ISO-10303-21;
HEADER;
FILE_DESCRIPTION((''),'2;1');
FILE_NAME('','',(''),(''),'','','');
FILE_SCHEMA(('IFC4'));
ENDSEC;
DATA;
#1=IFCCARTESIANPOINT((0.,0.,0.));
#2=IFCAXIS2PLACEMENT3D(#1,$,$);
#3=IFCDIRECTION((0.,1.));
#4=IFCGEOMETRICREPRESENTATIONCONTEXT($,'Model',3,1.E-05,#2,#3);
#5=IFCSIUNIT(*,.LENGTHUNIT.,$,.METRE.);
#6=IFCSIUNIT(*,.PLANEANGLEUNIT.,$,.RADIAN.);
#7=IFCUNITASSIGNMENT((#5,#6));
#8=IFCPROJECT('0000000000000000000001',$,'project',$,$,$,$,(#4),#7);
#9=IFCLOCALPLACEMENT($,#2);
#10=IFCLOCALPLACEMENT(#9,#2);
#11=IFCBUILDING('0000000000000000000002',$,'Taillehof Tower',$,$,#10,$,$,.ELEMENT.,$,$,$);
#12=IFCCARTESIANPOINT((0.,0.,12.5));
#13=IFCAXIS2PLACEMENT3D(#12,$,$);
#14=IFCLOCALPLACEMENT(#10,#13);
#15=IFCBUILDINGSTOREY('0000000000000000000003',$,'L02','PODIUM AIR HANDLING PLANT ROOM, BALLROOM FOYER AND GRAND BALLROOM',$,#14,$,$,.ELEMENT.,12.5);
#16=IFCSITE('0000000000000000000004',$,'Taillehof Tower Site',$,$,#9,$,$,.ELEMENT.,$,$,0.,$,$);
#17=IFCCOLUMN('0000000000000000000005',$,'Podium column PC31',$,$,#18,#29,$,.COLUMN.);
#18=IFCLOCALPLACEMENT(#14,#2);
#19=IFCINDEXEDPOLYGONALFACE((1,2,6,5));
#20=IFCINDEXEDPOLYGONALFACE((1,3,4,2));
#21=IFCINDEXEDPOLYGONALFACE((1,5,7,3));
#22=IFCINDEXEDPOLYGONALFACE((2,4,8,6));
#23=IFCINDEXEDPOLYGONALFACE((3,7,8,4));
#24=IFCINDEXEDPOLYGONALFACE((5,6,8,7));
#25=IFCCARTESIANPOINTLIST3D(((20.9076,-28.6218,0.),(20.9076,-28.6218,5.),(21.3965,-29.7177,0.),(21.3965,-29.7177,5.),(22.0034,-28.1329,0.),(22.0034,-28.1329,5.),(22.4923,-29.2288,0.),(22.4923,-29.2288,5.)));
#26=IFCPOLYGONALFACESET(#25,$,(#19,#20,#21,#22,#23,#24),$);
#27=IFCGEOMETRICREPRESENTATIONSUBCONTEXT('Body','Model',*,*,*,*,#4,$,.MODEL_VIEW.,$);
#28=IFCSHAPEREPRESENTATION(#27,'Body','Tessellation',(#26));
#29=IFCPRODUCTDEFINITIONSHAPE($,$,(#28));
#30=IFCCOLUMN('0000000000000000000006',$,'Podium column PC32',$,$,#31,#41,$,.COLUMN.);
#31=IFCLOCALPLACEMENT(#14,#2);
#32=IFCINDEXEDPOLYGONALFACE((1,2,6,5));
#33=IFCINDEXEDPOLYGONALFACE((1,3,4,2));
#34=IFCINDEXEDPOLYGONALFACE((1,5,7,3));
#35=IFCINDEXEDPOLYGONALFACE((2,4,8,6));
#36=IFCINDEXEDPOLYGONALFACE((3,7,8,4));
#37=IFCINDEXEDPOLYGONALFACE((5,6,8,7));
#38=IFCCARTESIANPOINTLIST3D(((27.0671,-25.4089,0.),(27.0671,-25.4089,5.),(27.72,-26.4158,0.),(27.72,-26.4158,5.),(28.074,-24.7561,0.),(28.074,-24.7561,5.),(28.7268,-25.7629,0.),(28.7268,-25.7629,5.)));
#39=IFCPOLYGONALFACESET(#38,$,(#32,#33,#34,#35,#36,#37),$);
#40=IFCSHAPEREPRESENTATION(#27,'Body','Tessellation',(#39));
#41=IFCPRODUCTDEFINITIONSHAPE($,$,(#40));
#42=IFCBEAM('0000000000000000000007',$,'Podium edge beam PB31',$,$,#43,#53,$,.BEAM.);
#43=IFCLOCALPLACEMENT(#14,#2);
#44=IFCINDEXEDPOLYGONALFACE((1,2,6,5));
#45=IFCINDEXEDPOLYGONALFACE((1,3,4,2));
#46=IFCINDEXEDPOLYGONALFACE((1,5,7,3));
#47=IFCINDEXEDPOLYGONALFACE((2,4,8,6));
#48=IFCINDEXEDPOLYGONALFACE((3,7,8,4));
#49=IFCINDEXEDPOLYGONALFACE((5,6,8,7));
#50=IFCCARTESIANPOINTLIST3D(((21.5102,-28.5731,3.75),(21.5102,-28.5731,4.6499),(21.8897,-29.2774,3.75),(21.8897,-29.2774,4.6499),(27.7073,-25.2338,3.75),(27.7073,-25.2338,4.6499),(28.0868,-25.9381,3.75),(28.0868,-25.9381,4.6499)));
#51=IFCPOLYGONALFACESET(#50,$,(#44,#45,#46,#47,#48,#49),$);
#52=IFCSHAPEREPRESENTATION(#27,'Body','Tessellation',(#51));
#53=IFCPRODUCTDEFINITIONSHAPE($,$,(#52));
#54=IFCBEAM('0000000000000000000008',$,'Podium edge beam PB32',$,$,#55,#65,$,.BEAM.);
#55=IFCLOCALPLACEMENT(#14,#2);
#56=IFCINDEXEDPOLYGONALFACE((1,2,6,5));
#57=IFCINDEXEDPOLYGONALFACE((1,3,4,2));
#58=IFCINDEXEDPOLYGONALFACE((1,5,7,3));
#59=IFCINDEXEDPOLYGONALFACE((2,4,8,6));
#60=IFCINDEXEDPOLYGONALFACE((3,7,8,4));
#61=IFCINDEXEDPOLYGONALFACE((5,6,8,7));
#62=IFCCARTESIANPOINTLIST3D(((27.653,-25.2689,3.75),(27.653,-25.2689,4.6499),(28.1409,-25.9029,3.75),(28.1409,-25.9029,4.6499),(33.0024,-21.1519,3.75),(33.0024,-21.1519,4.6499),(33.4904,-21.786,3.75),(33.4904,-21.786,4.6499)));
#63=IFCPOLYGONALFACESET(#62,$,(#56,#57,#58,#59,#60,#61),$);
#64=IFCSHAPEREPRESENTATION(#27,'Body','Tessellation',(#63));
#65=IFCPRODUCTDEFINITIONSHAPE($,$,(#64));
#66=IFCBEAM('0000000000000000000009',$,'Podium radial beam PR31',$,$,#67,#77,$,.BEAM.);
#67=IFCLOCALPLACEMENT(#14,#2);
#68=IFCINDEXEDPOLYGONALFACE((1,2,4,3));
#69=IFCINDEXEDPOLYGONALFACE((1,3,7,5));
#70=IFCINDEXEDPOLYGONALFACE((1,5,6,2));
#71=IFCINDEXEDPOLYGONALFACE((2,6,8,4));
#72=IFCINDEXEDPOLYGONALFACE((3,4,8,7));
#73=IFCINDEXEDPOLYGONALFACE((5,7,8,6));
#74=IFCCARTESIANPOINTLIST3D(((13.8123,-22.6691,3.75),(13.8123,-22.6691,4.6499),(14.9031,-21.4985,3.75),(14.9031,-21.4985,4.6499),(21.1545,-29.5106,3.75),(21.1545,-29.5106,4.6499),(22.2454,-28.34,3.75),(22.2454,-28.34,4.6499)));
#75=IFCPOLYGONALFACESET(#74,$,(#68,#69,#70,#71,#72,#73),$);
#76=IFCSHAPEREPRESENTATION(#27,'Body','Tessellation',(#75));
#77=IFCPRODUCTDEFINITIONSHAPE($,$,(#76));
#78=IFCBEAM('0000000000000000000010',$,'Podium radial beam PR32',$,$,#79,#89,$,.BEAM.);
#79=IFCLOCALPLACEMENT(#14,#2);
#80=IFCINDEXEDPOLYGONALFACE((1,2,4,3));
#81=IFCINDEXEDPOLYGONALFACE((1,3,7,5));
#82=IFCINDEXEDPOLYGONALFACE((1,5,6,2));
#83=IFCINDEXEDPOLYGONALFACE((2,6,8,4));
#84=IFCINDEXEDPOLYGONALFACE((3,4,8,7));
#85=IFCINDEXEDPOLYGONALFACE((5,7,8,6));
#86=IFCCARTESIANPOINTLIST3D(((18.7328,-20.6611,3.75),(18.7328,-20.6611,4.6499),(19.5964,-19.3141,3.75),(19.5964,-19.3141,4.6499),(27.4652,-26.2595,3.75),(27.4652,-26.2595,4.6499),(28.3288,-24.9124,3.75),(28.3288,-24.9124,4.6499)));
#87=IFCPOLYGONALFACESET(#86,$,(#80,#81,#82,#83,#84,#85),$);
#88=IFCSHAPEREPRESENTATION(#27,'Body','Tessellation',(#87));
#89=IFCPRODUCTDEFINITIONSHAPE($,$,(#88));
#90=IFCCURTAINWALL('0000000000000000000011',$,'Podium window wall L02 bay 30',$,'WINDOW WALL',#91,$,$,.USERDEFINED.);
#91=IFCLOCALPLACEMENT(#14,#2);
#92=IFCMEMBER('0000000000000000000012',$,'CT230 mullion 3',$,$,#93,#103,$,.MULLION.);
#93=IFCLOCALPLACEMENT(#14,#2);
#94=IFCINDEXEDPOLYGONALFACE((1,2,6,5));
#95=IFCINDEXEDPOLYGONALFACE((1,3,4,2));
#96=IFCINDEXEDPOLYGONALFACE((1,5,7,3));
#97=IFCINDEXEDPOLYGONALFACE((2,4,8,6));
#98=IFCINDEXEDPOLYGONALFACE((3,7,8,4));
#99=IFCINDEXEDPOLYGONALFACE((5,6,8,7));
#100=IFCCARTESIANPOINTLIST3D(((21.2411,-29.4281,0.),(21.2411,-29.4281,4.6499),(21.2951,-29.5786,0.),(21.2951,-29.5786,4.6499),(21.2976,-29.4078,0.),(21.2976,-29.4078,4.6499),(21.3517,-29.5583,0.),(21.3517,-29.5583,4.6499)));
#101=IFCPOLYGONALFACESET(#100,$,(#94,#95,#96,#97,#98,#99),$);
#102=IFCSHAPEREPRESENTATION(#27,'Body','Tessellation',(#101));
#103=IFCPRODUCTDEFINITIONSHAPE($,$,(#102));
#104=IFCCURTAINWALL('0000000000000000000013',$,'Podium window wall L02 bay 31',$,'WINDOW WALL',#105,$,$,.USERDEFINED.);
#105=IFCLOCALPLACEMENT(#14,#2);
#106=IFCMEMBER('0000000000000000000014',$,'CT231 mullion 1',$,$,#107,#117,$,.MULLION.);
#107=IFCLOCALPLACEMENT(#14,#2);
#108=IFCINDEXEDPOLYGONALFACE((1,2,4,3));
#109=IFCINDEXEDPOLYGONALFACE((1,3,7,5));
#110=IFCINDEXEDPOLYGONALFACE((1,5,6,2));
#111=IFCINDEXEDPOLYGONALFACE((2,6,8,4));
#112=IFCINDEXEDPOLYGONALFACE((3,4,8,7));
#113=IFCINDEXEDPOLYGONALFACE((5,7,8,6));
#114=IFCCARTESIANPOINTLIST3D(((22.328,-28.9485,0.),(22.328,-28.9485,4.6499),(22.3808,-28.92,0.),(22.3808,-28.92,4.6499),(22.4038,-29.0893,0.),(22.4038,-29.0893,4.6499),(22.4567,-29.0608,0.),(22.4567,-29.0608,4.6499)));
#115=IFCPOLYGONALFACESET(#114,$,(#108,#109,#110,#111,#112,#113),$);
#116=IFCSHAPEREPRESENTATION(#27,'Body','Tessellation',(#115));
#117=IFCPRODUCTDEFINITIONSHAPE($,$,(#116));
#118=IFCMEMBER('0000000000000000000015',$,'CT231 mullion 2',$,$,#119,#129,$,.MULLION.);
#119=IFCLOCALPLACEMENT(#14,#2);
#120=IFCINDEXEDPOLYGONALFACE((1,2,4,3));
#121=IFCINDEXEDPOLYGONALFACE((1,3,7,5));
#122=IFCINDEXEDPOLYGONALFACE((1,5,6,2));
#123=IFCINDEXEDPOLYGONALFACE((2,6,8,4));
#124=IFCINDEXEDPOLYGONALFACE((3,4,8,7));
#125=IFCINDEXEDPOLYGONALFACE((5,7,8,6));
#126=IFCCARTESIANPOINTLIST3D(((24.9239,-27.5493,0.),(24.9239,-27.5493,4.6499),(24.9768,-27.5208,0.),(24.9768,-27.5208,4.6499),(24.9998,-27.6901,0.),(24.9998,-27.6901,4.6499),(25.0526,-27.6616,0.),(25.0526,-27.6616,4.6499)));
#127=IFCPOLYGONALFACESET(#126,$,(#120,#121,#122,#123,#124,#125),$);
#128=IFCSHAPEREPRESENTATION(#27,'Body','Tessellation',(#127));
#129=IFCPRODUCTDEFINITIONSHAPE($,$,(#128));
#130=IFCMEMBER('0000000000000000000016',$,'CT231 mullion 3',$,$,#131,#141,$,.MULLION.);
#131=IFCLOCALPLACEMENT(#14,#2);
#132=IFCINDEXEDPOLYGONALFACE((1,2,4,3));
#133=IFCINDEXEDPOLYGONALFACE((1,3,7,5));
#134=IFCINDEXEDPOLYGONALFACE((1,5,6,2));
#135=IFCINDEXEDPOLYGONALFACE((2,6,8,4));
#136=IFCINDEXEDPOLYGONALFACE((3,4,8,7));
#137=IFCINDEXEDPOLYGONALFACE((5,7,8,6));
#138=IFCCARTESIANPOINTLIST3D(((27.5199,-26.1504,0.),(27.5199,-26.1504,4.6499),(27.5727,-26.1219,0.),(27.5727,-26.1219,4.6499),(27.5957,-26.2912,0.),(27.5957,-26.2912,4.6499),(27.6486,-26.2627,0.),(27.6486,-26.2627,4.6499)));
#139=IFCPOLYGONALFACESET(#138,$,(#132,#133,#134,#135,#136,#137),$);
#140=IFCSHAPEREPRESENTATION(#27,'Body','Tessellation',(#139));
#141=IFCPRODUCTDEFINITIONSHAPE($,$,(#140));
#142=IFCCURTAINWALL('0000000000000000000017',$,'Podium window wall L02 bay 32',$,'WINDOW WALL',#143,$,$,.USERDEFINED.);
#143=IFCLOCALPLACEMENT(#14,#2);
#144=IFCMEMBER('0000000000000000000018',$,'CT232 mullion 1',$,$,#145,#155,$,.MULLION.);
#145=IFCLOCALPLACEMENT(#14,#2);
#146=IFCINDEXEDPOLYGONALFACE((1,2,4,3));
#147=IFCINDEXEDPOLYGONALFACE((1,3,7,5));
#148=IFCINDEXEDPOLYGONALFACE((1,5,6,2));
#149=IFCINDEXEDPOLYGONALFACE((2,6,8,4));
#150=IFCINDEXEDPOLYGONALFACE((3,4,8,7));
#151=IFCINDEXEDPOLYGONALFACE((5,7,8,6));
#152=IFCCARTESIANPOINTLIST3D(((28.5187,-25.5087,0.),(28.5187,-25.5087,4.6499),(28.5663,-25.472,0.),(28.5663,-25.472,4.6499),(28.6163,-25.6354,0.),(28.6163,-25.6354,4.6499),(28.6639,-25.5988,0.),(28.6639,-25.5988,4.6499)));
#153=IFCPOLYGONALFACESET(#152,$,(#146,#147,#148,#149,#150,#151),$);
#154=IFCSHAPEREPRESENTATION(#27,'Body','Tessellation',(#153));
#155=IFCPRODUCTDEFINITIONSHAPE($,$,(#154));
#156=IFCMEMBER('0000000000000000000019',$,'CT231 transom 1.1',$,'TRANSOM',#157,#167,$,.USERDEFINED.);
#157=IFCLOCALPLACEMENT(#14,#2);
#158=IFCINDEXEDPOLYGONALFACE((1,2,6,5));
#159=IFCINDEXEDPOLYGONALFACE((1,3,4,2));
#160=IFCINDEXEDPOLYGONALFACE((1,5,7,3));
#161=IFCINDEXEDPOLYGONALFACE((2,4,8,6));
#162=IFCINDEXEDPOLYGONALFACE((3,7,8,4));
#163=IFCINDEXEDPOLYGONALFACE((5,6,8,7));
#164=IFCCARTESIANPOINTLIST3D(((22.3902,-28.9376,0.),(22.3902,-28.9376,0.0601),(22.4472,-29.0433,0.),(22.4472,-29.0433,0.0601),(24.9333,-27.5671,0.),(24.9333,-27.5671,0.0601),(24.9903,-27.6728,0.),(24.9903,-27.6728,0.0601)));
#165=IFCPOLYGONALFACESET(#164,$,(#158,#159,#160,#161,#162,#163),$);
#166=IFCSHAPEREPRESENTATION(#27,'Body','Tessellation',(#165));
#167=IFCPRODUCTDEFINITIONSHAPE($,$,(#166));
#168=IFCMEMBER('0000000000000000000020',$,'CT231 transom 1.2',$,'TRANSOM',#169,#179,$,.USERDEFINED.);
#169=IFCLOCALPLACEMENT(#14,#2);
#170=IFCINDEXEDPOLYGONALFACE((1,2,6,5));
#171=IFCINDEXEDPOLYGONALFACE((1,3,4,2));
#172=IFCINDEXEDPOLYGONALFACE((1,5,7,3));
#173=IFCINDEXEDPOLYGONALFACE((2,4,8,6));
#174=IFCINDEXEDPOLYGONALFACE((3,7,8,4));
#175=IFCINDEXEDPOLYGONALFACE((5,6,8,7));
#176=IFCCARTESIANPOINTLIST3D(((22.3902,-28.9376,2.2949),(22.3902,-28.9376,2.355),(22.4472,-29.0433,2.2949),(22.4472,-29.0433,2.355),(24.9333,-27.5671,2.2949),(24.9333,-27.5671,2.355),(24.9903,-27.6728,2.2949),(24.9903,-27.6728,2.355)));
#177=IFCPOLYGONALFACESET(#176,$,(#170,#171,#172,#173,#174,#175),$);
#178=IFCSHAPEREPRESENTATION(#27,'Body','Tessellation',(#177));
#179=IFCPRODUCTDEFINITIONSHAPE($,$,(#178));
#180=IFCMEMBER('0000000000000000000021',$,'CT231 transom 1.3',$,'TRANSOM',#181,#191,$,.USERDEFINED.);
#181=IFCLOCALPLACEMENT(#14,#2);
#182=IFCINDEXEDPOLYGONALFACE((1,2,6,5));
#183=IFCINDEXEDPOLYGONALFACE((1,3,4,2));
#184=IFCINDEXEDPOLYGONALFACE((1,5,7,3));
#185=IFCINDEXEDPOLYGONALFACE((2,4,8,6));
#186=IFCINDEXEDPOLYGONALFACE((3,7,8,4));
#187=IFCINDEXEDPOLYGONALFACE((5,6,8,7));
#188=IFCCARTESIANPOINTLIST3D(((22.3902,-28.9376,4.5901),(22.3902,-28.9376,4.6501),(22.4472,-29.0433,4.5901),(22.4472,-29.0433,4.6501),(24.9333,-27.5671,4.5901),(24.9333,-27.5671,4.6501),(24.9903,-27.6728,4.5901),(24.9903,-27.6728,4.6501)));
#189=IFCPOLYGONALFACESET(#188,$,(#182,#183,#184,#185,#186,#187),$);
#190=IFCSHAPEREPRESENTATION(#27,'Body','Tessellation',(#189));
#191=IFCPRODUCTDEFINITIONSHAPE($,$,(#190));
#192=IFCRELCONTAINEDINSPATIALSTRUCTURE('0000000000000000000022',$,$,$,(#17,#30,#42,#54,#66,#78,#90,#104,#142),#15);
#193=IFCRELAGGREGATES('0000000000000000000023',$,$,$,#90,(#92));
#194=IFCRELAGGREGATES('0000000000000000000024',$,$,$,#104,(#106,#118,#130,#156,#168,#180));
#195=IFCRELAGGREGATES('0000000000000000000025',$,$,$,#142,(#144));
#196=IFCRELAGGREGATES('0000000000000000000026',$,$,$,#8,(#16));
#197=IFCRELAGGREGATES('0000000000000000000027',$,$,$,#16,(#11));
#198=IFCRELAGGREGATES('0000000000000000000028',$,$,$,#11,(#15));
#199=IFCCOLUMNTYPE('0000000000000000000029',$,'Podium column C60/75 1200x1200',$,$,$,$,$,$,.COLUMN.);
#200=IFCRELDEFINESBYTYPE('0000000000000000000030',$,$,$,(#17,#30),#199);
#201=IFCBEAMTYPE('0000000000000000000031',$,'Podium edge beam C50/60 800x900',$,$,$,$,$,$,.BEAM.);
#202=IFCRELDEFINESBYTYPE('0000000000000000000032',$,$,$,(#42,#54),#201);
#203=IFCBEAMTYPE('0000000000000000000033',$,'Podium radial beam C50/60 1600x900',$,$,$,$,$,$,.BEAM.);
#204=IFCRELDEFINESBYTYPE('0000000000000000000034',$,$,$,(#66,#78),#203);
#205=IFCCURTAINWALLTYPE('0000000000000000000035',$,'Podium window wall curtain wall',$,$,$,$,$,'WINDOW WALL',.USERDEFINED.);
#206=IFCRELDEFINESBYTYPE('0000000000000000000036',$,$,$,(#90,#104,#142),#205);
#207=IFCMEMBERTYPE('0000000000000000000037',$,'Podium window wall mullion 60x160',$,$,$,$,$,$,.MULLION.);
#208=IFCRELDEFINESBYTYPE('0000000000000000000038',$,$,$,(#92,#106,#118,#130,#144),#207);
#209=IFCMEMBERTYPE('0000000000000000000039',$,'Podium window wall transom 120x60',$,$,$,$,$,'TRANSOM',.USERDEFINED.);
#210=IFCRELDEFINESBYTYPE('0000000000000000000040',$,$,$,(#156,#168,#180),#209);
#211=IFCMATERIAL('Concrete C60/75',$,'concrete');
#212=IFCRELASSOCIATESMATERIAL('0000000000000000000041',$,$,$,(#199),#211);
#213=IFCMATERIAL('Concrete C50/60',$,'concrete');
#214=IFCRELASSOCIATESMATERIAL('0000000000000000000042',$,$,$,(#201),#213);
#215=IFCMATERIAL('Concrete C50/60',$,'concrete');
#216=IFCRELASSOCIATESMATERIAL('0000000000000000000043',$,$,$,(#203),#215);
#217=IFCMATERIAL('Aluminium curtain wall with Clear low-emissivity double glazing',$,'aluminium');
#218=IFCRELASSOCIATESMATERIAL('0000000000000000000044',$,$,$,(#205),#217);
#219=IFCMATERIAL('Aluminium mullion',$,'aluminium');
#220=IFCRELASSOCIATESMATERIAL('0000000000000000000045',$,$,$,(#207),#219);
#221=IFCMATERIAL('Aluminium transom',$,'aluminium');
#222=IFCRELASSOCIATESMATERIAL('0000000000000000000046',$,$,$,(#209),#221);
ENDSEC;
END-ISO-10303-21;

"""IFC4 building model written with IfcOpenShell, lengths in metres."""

from ifc_helpers import new_model, si_unit, direction, frame, origin, origin_2d, place, context, subcontext, project, spatial, rectangle, extrude, material, material_profile, profile_set, type_object, element, aggregate, save


model = new_model("IFC4")

# Units and contexts
model_context = context("Model", 3, precision=1e-05, world=origin(), true_north=direction((0.0, 1.0)))
body_context = subcontext(model_context, "Body", "Model", "MODEL_VIEW")
ifc_project = project(units=[si_unit("LENGTHUNIT", "METRE"), si_unit("PLANEANGLEUNIT", "RADIAN")], contexts=[model_context])

# Site, building, storey
site_placement = place(None, origin())
site = spatial("IfcSite", under=ifc_project, at=site_placement, Name="Taillehof Tower Site", CompositionType="ELEMENT", RefElevation=0.0)
building_placement = place(site_placement, origin())
building = spatial("IfcBuilding", under=site, at=building_placement, Name="Taillehof Tower", CompositionType="ELEMENT")
storey_placement = place(building_placement, frame((0.0, 0.0, 12.5)))
storey = spatial("IfcBuildingStorey", under=building, at=storey_placement, Name="L02", Description="PODIUM AIR HANDLING PLANT ROOM, BALLROOM FOYER AND GRAND BALLROOM", CompositionType="ELEMENT", Elevation=12.5)

# Columns
ifc_material_1 = material(Name="Concrete C60/75", Category="concrete")
ifc_material_profile_1 = material_profile(ifc_material_1, rectangle(XDim=1.2, YDim=1.2, at=origin_2d()), Name="RC 1200x1200")
ifc_profile_set_1 = profile_set([ifc_material_profile_1], Name="Concrete C60/75")
column_type = type_object("IfcColumnType", Name="Podium column C60/75 1200x1200", PredefinedType="COLUMN", material=ifc_profile_set_1)
for number, where, z_axis, x_axis, name in (
    (1, (21.7, -28.9253, 0.0), (0.0, 0.0, 1.0), (0.407427, -0.913238, 0.0), "Podium column PC31"),
    (2, (27.897, -25.5859, 0.0), (0.0, 0.0, 1.0), (0.544041, -0.839058, 0.0), "Podium column PC32"),
):
    element("IfcColumn", number, at=place(storey_placement, frame(where, z_axis=z_axis, x_axis=x_axis)), inside=storey, type_object=column_type, Name=name, PredefinedType="COLUMN", context=body_context, shape_type="SweptSolid", body=[
        extrude(rectangle(XDim=1.2, YDim=1.2, at=origin_2d()), origin(), (0.0, 0.0, 1.0), 5.0),
    ])

# Beams
ifc_material_2 = material(Name="Concrete C50/60", Category="concrete")
ifc_material_profile_2 = material_profile(ifc_material_2, rectangle(XDim=0.8, YDim=0.8999, at=origin_2d()), Name="RC 800x900")
ifc_profile_set_2 = profile_set([ifc_material_profile_2], Name="Concrete C50/60")
beam_type_1 = type_object("IfcBeamType", Name="Podium edge beam C50/60 800x900", PredefinedType="BEAM", material=ifc_profile_set_2)
beam_1_placement = place(storey_placement, frame((21.7, -28.9253, 4.2), z_axis=(0.880323, 0.474375, 0.0), x_axis=(-0.474375, 0.880323, 0.0)))
element("IfcBeam", 3, at=beam_1_placement, inside=storey, type_object=beam_type_1, Name="Podium edge beam PB31", PredefinedType="BEAM", context=body_context, shape_type="SweptSolid", body=[
    extrude(rectangle(XDim=0.8, YDim=0.8999, at=origin_2d()), origin(), (0.0, 0.0, 1.0), 7.0396),
])
beam_2_placement = place(storey_placement, frame((27.897, -25.5859, 4.2), z_axis=(0.792477, 0.609901, 0.0), x_axis=(-0.609901, 0.792477, 0.0)))
element("IfcBeam", 4, at=beam_2_placement, inside=storey, type_object=beam_type_1, Name="Podium edge beam PB32", PredefinedType="BEAM", context=body_context, shape_type="SweptSolid", body=[
    extrude(rectangle(XDim=0.8, YDim=0.8999, at=origin_2d()), origin(), (0.0, 0.0, 1.0), 6.7502),
])
ifc_material_3 = material(Name="Concrete C50/60", Category="concrete")
ifc_material_profile_3 = material_profile(ifc_material_3, rectangle(XDim=1.6001, YDim=0.8999, at=origin_2d()), Name="RC 1600x900")
ifc_profile_set_3 = profile_set([ifc_material_profile_3], Name="Concrete C50/60")
beam_type_2 = type_object("IfcBeamType", Name="Podium radial beam C50/60 1600x900", PredefinedType="BEAM", material=ifc_profile_set_3)
beam_3_placement = place(storey_placement, frame((21.7, -28.9253, 4.2), z_axis=(-0.731614, 0.681719, 0.0), x_axis=(-0.681719, -0.731614, 0.0)))
element("IfcBeam", 5, at=beam_3_placement, inside=storey, type_object=beam_type_2, Name="Podium radial beam PR31", PredefinedType="BEAM", context=body_context, shape_type="SweptSolid", body=[
    extrude(rectangle(XDim=1.6001, YDim=0.8999, at=origin_2d()), origin(), (0.0, 0.0, 1.0), 10.0356),
])
beam_4_placement = place(storey_placement, frame((27.897, -25.5859, 4.2), z_axis=(-0.841849, 0.539713, 0.0), x_axis=(-0.539713, -0.841849, 0.0)))
element("IfcBeam", 6, at=beam_4_placement, inside=storey, type_object=beam_type_2, Name="Podium radial beam PR32", PredefinedType="BEAM", context=body_context, shape_type="SweptSolid", body=[
    extrude(rectangle(XDim=1.6001, YDim=0.8999, at=origin_2d()), origin(), (0.0, 0.0, 1.0), 10.3728),
])

# Curtain wall, member
ifc_material_4 = material(Name="Aluminium curtain wall with Clear low-emissivity double glazing", Category="aluminium")
curtain_wall_type = type_object("IfcCurtainWallType", Name="Podium window wall curtain wall", ElementType="WINDOW WALL", PredefinedType="USERDEFINED", material=ifc_material_4)
curtain_wall_1_placement = place(storey_placement, origin())
curtain_wall_1 = element("IfcCurtainWall", 7, at=curtain_wall_1_placement, inside=storey, type_object=curtain_wall_type, Name="Podium window wall L02 bay 30", ObjectType="WINDOW WALL", PredefinedType="USERDEFINED")
ifc_material_5 = material(Name="Aluminium mullion", Category="aluminium")
ifc_material_profile_4 = material_profile(ifc_material_5, rectangle(XDim=0.1599, YDim=0.0601, at=origin_2d()), Name="AL 60x160")
ifc_profile_set_4 = profile_set([ifc_material_profile_4], Name="Aluminium mullion")
member_type_1 = type_object("IfcMemberType", Name="Podium window wall mullion 60x160", PredefinedType="MULLION", material=ifc_profile_set_4)
member_1_placement = place(storey_placement, frame((21.2964, -29.4932, 0.0), z_axis=(0.0, 0.0, 1.0), x_axis=(-0.337799, 0.941218, 0.0)))
member_1 = element("IfcMember", 8, at=member_1_placement, type_object=member_type_1, Name="CT230 mullion 3", PredefinedType="MULLION", context=body_context, shape_type="SweptSolid", body=[
    extrude(rectangle(XDim=0.1599, YDim=0.0601, at=origin_2d()), origin(), (0.0, 0.0, 1.0), 4.6499),
])
aggregate(curtain_wall_1, [member_1])

# Curtain wall, members
curtain_wall_2_placement = place(storey_placement, origin())
curtain_wall_2 = element("IfcCurtainWall", 9, at=curtain_wall_2_placement, inside=storey, type_object=curtain_wall_type, Name="Podium window wall L02 bay 31", ObjectType="WINDOW WALL", PredefinedType="USERDEFINED")
member_2_placement = place(storey_placement, frame((22.3923, -29.0046, 0.0), z_axis=(0.0, 0.0, 1.0), x_axis=(-0.474415, 0.880301, 0.0)))
member_2 = element("IfcMember", 10, at=member_2_placement, type_object=member_type_1, Name="CT231 mullion 1", PredefinedType="MULLION", context=body_context, shape_type="SweptSolid", body=[
    extrude(rectangle(XDim=0.1599, YDim=0.0601, at=origin_2d()), origin(), (0.0, 0.0, 1.0), 4.6499),
])
member_3_placement = place(storey_placement, frame((24.9883, -27.6055, 0.0), z_axis=(0.0, 0.0, 1.0), x_axis=(-0.474415, 0.880301, 0.0)))
member_3 = element("IfcMember", 11, at=member_3_placement, type_object=member_type_1, Name="CT231 mullion 2", PredefinedType="MULLION", context=body_context, shape_type="SweptSolid", body=[
    extrude(rectangle(XDim=0.1599, YDim=0.0601, at=origin_2d()), origin(), (0.0, 0.0, 1.0), 4.6499),
])
member_4_placement = place(storey_placement, frame((27.5842, -26.2065, 0.0), z_axis=(0.0, 0.0, 1.0), x_axis=(-0.474415, 0.880301, 0.0)))
member_4 = element("IfcMember", 12, at=member_4_placement, type_object=member_type_1, Name="CT231 mullion 3", PredefinedType="MULLION", context=body_context, shape_type="SweptSolid", body=[
    extrude(rectangle(XDim=0.1599, YDim=0.0601, at=origin_2d()), origin(), (0.0, 0.0, 1.0), 4.6499),
])

# Curtain wall, member
curtain_wall_3_placement = place(storey_placement, origin())
curtain_wall_3 = element("IfcCurtainWall", 13, at=curtain_wall_3_placement, inside=storey, type_object=curtain_wall_type, Name="Podium window wall L02 bay 32", ObjectType="WINDOW WALL", PredefinedType="USERDEFINED")
member_5_placement = place(storey_placement, frame((28.5913, -25.5537, 0.0), z_axis=(0.0, 0.0, 1.0), x_axis=(-0.609932, 0.792454, 0.0)))
member_5 = element("IfcMember", 14, at=member_5_placement, type_object=member_type_1, Name="CT232 mullion 1", PredefinedType="MULLION", context=body_context, shape_type="SweptSolid", body=[
    extrude(rectangle(XDim=0.1599, YDim=0.0601, at=origin_2d()), origin(), (0.0, 0.0, 1.0), 4.6499),
])

# Members
ifc_material_6 = material(Name="Aluminium transom", Category="aluminium")
ifc_material_profile_5 = material_profile(ifc_material_6, rectangle(XDim=0.1201, YDim=0.0601, at=origin_2d()), Name="AL 120x60")
ifc_profile_set_5 = profile_set([ifc_material_profile_5], Name="Aluminium transom")
member_type_2 = type_object("IfcMemberType", Name="Podium window wall transom 120x60", ElementType="TRANSOM", PredefinedType="USERDEFINED", material=ifc_profile_set_5)
member_6_placement = place(storey_placement, frame((22.4187, -28.9905, 0.03), z_axis=(0.8803, 0.474417, 0.0), x_axis=(-0.474417, 0.8803, 0.0)))
member_6 = element("IfcMember", 15, at=member_6_placement, type_object=member_type_2, Name="CT231 transom 1.1", ObjectType="TRANSOM", PredefinedType="USERDEFINED", context=body_context, shape_type="SweptSolid", body=[
    extrude(rectangle(XDim=0.1201, YDim=0.0601, at=origin_2d()), origin(), (0.0, 0.0, 1.0), 2.8889),
])
member_7_placement = place(storey_placement, frame((22.4187, -28.9905, 2.325), z_axis=(0.8803, 0.474417, 0.0), x_axis=(-0.474417, 0.8803, 0.0)))
member_7 = element("IfcMember", 16, at=member_7_placement, type_object=member_type_2, Name="CT231 transom 1.2", ObjectType="TRANSOM", PredefinedType="USERDEFINED", context=body_context, shape_type="SweptSolid", body=[
    extrude(rectangle(XDim=0.1201, YDim=0.0601, at=origin_2d()), origin(), (0.0, 0.0, 1.0), 2.8889),
])
member_8_placement = place(storey_placement, frame((22.4187, -28.9905, 4.6201), z_axis=(0.8803, 0.474417, 0.0), x_axis=(-0.474417, 0.8803, 0.0)))
member_8 = element("IfcMember", 17, at=member_8_placement, type_object=member_type_2, Name="CT231 transom 1.3", ObjectType="TRANSOM", PredefinedType="USERDEFINED", context=body_context, shape_type="SweptSolid", body=[
    extrude(rectangle(XDim=0.1201, YDim=0.0601, at=origin_2d()), origin(), (0.0, 0.0, 1.0), 2.8889),
])

aggregate(curtain_wall_2, [member_2, member_3, member_4, member_6, member_7, member_8])
aggregate(curtain_wall_3, [member_5])

save(model, "model.ifc")
